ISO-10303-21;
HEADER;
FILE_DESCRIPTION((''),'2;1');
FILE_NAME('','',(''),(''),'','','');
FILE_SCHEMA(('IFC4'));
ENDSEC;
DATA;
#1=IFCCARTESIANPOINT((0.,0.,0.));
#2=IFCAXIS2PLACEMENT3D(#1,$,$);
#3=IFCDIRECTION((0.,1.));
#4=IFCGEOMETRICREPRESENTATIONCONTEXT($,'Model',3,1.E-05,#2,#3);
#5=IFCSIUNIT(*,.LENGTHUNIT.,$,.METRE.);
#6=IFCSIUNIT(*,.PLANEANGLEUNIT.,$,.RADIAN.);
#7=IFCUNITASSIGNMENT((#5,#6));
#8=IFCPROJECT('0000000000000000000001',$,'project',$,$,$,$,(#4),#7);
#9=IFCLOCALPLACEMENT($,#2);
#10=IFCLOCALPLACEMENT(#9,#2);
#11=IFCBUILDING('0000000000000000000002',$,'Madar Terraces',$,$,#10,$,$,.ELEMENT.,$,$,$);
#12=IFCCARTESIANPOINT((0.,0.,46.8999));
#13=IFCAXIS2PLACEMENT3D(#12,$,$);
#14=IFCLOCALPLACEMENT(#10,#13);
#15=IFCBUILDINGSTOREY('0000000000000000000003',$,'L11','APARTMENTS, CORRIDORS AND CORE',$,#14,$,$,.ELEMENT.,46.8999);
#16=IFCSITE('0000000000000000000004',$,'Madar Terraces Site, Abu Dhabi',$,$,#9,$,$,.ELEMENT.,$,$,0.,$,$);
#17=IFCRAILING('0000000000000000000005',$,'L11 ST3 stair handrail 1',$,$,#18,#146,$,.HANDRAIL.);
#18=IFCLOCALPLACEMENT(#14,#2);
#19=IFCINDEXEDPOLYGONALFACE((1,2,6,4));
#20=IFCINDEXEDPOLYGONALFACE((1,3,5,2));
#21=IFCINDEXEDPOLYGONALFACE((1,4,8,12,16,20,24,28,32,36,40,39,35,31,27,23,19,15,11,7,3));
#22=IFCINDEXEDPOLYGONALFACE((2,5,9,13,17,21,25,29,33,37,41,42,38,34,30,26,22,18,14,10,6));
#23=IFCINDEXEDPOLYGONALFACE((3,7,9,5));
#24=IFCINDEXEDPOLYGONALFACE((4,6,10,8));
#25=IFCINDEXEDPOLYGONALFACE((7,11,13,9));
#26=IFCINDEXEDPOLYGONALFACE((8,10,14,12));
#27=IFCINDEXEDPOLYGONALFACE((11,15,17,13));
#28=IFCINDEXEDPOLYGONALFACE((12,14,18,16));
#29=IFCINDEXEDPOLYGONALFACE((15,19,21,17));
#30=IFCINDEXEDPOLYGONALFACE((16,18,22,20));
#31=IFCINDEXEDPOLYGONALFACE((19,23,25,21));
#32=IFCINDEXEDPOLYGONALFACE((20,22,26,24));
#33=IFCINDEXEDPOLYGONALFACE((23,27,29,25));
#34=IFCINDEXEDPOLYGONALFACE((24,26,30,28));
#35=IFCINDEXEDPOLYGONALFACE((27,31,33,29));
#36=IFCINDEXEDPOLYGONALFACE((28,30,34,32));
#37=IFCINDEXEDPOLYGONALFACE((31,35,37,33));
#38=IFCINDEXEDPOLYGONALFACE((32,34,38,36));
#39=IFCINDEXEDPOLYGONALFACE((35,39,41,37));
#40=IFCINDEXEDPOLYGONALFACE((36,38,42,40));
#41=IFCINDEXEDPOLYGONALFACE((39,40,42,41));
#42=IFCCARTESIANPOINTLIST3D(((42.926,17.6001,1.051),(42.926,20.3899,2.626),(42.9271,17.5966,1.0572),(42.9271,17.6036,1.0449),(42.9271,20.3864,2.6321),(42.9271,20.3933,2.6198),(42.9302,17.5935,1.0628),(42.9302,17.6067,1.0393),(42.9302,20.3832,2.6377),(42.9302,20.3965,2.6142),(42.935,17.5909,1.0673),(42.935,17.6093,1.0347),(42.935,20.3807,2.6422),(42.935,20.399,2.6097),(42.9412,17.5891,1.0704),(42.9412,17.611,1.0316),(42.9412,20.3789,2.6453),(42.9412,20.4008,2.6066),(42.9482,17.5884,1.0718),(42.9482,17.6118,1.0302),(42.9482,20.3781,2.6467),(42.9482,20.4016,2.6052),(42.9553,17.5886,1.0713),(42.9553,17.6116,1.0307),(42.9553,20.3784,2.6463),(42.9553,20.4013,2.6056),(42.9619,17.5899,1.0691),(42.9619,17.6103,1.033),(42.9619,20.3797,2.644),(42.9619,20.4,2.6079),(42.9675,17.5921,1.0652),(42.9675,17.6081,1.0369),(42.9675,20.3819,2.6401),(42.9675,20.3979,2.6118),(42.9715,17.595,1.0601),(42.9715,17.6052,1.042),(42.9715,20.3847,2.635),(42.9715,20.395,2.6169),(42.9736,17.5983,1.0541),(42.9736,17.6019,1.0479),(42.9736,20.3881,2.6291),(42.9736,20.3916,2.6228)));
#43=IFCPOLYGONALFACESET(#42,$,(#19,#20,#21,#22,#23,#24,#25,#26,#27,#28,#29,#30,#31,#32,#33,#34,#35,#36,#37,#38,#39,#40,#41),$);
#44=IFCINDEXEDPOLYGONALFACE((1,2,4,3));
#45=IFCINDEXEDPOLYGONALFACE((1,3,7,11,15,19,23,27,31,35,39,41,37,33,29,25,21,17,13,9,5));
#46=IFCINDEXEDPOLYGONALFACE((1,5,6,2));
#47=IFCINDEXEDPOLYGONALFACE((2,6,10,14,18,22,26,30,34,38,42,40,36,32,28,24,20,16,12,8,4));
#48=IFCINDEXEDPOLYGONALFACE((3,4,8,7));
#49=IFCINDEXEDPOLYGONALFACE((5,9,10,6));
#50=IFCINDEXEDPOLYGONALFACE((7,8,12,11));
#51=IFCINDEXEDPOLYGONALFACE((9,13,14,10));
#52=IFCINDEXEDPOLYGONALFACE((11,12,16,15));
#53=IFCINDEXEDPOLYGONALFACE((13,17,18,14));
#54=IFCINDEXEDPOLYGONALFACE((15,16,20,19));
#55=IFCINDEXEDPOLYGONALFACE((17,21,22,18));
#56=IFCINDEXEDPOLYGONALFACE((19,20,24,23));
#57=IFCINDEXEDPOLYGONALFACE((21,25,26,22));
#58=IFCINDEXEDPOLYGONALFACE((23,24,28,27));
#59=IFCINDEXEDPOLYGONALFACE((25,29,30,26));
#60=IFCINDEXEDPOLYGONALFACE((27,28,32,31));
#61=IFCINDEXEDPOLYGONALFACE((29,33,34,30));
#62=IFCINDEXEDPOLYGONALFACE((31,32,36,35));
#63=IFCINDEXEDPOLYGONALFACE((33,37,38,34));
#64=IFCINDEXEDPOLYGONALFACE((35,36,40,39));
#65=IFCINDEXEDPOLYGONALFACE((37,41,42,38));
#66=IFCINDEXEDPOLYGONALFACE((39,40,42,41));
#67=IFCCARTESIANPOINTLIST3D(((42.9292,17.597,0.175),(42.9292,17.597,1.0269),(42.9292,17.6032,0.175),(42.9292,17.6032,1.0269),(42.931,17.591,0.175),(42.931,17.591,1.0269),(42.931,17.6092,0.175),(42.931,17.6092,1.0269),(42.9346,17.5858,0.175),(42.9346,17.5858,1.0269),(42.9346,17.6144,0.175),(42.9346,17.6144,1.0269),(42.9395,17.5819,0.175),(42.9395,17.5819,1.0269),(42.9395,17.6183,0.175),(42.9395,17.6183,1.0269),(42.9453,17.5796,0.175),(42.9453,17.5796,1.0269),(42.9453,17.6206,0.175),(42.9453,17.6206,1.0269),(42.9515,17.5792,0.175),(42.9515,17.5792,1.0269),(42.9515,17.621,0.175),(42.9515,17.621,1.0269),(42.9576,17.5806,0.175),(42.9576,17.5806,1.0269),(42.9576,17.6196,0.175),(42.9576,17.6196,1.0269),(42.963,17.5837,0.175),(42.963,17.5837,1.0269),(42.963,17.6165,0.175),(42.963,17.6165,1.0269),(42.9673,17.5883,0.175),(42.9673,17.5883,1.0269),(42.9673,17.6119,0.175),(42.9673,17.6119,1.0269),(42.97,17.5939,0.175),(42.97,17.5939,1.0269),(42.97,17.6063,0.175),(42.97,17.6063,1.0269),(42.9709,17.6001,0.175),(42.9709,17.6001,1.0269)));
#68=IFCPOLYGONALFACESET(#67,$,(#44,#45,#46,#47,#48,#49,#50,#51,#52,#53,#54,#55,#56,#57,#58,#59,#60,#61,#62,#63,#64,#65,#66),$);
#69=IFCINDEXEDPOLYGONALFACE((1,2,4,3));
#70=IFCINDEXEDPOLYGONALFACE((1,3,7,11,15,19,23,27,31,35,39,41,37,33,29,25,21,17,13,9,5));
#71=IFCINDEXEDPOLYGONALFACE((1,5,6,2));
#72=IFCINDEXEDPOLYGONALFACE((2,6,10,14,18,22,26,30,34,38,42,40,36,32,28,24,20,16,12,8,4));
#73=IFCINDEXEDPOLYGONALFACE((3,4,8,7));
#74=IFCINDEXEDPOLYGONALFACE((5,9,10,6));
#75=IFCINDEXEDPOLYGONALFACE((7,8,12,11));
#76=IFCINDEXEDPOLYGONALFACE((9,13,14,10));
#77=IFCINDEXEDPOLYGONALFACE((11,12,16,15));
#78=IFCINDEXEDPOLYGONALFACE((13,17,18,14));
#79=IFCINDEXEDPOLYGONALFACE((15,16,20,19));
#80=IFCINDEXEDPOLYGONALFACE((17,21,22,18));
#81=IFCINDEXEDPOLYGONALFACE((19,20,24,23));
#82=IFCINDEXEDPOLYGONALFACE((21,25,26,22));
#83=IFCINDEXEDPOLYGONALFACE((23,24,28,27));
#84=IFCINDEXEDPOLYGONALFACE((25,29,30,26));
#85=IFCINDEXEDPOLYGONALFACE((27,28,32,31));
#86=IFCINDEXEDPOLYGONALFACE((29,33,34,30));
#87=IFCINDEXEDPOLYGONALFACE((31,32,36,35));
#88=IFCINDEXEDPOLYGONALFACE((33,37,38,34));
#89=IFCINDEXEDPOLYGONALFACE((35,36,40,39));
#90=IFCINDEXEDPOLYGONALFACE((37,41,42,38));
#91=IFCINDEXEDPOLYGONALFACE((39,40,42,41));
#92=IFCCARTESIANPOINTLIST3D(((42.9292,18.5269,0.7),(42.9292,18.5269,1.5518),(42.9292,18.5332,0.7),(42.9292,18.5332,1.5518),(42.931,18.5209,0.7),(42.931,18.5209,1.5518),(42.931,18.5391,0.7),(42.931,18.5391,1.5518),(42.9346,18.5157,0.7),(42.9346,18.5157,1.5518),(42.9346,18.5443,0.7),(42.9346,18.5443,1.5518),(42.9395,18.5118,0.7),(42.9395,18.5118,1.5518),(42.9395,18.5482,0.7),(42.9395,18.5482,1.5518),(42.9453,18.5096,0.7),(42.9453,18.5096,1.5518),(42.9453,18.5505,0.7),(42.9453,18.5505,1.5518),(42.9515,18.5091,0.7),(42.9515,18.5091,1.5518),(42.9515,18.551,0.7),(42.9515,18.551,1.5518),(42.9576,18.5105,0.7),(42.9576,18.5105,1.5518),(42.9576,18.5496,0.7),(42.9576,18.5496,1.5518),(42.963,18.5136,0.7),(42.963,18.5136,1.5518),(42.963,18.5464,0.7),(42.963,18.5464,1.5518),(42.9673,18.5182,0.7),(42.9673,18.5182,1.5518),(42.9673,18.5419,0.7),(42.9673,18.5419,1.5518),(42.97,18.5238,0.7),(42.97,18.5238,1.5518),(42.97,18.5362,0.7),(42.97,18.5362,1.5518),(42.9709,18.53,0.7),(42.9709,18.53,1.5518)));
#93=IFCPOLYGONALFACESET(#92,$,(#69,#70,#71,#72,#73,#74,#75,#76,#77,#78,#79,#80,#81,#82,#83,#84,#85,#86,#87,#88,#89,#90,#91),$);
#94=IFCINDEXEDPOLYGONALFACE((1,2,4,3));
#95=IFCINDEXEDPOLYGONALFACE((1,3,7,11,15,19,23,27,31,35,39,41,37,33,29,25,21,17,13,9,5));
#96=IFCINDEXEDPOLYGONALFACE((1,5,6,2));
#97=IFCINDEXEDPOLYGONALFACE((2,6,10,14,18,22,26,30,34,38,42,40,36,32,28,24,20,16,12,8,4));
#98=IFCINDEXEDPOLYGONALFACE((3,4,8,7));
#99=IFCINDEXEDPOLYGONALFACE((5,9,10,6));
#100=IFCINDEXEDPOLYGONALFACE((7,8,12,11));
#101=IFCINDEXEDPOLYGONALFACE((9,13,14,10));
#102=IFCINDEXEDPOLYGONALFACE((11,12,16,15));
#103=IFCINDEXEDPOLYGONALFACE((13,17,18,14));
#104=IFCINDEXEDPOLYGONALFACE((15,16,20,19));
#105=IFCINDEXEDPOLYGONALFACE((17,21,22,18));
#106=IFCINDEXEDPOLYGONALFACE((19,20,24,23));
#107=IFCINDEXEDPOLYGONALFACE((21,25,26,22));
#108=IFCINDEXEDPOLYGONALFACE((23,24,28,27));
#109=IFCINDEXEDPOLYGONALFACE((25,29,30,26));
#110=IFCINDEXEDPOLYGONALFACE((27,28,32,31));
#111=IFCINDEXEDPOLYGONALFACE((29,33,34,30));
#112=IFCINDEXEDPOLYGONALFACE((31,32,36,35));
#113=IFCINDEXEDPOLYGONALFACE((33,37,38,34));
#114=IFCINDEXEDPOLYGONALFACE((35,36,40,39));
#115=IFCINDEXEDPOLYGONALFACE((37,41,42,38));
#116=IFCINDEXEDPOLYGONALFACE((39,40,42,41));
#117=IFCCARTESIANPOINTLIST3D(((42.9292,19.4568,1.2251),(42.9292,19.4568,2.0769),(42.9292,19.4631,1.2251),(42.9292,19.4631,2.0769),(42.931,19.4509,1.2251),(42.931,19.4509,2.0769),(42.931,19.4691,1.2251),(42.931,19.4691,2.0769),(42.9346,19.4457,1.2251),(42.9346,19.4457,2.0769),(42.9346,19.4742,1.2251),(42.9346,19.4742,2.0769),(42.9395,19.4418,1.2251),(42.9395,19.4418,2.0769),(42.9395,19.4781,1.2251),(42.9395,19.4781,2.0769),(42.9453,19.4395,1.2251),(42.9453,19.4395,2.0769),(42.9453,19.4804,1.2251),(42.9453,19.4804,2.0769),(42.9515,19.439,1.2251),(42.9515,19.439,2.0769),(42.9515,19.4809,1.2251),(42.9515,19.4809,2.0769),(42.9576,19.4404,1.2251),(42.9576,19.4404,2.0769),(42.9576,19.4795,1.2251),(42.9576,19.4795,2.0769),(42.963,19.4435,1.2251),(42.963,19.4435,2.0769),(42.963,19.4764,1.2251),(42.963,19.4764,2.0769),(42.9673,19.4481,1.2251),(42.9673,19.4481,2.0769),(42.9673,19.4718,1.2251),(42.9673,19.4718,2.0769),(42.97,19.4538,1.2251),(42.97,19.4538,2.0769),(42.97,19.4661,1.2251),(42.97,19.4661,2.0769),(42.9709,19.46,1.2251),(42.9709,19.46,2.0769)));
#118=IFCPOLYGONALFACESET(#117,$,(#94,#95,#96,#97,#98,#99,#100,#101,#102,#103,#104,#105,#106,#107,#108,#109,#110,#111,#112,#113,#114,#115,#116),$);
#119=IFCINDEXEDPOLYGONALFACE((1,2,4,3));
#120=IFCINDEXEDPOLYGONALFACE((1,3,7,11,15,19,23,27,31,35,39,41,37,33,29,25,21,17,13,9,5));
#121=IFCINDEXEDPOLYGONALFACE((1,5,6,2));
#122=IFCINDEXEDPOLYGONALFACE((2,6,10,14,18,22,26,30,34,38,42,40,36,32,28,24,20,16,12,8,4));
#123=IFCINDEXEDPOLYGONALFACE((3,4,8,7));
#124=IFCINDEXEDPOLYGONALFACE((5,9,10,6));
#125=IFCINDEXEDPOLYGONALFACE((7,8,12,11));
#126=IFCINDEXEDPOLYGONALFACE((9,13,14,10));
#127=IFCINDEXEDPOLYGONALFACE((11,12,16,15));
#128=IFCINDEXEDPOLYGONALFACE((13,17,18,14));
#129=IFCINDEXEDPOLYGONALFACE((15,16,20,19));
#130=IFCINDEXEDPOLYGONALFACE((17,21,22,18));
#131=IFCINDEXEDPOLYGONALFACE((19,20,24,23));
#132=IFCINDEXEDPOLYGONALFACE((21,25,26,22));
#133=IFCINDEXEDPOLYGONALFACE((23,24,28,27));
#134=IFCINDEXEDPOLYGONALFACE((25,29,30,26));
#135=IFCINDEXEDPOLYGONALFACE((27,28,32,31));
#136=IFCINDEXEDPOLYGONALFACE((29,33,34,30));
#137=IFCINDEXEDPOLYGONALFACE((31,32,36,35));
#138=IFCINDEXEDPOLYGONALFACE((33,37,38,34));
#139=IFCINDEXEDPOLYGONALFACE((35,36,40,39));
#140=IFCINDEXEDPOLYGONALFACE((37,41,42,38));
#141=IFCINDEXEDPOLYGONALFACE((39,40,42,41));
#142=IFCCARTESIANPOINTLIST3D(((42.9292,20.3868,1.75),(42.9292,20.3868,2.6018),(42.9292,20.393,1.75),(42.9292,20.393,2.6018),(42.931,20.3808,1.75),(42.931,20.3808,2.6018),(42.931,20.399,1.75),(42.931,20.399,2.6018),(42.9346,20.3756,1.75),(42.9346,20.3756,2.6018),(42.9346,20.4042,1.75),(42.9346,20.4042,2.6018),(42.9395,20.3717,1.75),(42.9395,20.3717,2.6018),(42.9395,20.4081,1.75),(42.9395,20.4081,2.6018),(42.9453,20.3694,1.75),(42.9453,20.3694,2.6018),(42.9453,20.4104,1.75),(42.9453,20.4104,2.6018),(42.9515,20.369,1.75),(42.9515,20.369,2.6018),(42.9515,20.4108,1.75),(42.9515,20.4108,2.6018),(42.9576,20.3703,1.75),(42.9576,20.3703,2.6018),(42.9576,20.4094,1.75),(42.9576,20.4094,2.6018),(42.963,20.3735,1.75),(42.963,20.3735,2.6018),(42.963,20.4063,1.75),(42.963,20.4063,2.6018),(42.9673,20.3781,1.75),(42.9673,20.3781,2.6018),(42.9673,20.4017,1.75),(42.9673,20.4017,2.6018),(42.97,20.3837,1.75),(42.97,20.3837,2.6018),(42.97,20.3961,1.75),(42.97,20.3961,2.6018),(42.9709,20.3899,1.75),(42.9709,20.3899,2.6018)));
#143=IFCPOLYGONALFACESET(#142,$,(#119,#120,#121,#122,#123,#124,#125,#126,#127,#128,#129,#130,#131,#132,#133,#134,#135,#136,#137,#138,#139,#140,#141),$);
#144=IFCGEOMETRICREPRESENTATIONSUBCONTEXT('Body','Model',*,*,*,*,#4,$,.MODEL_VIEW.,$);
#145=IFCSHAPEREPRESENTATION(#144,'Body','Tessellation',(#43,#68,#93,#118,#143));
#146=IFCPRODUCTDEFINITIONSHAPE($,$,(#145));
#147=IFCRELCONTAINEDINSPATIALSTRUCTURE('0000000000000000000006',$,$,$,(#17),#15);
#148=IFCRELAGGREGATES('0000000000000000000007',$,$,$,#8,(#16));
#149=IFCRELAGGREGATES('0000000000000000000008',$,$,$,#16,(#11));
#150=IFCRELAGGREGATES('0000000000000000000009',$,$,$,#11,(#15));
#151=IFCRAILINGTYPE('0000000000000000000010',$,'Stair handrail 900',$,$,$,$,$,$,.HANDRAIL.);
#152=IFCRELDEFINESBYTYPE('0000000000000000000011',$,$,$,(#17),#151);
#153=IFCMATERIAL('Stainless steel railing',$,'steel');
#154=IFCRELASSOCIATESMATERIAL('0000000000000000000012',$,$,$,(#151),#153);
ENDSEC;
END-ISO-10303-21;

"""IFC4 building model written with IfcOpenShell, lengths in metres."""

from ifc_helpers import new_model, si_unit, direction, frame, origin, origin_2d, place, context, subcontext, project, spatial, circle, extrude, material, type_object, element, save


model = new_model("IFC4")

# Units and contexts
model_context = context("Model", 3, precision=1e-05, world=origin(), true_north=direction((0.0, 1.0)))
body_context = subcontext(model_context, "Body", "Model", "MODEL_VIEW")
ifc_project = project(units=[si_unit("LENGTHUNIT", "METRE"), si_unit("PLANEANGLEUNIT", "RADIAN")], contexts=[model_context])

# Site, building, storey
site_placement = place(None, origin())
site = spatial("IfcSite", under=ifc_project, at=site_placement, Name="Madar Terraces Site, Abu Dhabi", CompositionType="ELEMENT", RefElevation=0.0)
building_placement = place(site_placement, origin())
building = spatial("IfcBuilding", under=site, at=building_placement, Name="Madar Terraces", CompositionType="ELEMENT")
storey_placement = place(building_placement, frame((0.0, 0.0, 46.8999)))
storey = spatial("IfcBuildingStorey", under=building, at=storey_placement, Name="L11", Description="APARTMENTS, CORRIDORS AND CORE", CompositionType="ELEMENT", Elevation=46.8999)

# Railing
ifc_material_1 = material(Name="Stainless steel railing", Category="steel")
railing_type_1 = type_object("IfcRailingType", Name="Stair handrail 900", PredefinedType="HANDRAIL", material=ifc_material_1)
railing_1_placement = place(storey_placement, frame((42.95, 17.6001, 0.175)))
element("IfcRailing", 1, at=railing_1_placement, inside=storey, type_object=railing_type_1, Name="L11 ST3 stair handrail 1", PredefinedType="HANDRAIL", context=body_context, shape_type="SweptSolid", body=[
    extrude(circle(Radius=0.0239, at=origin_2d()), frame((0.0, 0.0, 0.876), z_axis=(0.0, 0.870815, 0.49161), x_axis=(-1.0, 0.0, 0.0)), (0.0, 0.0, 1.0), 3.2036),
    extrude(circle(Radius=0.021, at=origin_2d()), origin(), (0.0, 0.0, 1.0), 0.8518),
    extrude(circle(Radius=0.021, at=origin_2d()), frame((0.0, 0.9299, 0.5249)), (0.0, 0.0, 1.0), 0.8518),
    extrude(circle(Radius=0.021, at=origin_2d()), frame((0.0, 1.8599, 1.05)), (0.0, 0.0, 1.0), 0.8518),
    extrude(circle(Radius=0.021, at=origin_2d()), frame((0.0, 2.7898, 1.575)), (0.0, 0.0, 1.0), 0.8518),
])

save(model, "model.ifc")
